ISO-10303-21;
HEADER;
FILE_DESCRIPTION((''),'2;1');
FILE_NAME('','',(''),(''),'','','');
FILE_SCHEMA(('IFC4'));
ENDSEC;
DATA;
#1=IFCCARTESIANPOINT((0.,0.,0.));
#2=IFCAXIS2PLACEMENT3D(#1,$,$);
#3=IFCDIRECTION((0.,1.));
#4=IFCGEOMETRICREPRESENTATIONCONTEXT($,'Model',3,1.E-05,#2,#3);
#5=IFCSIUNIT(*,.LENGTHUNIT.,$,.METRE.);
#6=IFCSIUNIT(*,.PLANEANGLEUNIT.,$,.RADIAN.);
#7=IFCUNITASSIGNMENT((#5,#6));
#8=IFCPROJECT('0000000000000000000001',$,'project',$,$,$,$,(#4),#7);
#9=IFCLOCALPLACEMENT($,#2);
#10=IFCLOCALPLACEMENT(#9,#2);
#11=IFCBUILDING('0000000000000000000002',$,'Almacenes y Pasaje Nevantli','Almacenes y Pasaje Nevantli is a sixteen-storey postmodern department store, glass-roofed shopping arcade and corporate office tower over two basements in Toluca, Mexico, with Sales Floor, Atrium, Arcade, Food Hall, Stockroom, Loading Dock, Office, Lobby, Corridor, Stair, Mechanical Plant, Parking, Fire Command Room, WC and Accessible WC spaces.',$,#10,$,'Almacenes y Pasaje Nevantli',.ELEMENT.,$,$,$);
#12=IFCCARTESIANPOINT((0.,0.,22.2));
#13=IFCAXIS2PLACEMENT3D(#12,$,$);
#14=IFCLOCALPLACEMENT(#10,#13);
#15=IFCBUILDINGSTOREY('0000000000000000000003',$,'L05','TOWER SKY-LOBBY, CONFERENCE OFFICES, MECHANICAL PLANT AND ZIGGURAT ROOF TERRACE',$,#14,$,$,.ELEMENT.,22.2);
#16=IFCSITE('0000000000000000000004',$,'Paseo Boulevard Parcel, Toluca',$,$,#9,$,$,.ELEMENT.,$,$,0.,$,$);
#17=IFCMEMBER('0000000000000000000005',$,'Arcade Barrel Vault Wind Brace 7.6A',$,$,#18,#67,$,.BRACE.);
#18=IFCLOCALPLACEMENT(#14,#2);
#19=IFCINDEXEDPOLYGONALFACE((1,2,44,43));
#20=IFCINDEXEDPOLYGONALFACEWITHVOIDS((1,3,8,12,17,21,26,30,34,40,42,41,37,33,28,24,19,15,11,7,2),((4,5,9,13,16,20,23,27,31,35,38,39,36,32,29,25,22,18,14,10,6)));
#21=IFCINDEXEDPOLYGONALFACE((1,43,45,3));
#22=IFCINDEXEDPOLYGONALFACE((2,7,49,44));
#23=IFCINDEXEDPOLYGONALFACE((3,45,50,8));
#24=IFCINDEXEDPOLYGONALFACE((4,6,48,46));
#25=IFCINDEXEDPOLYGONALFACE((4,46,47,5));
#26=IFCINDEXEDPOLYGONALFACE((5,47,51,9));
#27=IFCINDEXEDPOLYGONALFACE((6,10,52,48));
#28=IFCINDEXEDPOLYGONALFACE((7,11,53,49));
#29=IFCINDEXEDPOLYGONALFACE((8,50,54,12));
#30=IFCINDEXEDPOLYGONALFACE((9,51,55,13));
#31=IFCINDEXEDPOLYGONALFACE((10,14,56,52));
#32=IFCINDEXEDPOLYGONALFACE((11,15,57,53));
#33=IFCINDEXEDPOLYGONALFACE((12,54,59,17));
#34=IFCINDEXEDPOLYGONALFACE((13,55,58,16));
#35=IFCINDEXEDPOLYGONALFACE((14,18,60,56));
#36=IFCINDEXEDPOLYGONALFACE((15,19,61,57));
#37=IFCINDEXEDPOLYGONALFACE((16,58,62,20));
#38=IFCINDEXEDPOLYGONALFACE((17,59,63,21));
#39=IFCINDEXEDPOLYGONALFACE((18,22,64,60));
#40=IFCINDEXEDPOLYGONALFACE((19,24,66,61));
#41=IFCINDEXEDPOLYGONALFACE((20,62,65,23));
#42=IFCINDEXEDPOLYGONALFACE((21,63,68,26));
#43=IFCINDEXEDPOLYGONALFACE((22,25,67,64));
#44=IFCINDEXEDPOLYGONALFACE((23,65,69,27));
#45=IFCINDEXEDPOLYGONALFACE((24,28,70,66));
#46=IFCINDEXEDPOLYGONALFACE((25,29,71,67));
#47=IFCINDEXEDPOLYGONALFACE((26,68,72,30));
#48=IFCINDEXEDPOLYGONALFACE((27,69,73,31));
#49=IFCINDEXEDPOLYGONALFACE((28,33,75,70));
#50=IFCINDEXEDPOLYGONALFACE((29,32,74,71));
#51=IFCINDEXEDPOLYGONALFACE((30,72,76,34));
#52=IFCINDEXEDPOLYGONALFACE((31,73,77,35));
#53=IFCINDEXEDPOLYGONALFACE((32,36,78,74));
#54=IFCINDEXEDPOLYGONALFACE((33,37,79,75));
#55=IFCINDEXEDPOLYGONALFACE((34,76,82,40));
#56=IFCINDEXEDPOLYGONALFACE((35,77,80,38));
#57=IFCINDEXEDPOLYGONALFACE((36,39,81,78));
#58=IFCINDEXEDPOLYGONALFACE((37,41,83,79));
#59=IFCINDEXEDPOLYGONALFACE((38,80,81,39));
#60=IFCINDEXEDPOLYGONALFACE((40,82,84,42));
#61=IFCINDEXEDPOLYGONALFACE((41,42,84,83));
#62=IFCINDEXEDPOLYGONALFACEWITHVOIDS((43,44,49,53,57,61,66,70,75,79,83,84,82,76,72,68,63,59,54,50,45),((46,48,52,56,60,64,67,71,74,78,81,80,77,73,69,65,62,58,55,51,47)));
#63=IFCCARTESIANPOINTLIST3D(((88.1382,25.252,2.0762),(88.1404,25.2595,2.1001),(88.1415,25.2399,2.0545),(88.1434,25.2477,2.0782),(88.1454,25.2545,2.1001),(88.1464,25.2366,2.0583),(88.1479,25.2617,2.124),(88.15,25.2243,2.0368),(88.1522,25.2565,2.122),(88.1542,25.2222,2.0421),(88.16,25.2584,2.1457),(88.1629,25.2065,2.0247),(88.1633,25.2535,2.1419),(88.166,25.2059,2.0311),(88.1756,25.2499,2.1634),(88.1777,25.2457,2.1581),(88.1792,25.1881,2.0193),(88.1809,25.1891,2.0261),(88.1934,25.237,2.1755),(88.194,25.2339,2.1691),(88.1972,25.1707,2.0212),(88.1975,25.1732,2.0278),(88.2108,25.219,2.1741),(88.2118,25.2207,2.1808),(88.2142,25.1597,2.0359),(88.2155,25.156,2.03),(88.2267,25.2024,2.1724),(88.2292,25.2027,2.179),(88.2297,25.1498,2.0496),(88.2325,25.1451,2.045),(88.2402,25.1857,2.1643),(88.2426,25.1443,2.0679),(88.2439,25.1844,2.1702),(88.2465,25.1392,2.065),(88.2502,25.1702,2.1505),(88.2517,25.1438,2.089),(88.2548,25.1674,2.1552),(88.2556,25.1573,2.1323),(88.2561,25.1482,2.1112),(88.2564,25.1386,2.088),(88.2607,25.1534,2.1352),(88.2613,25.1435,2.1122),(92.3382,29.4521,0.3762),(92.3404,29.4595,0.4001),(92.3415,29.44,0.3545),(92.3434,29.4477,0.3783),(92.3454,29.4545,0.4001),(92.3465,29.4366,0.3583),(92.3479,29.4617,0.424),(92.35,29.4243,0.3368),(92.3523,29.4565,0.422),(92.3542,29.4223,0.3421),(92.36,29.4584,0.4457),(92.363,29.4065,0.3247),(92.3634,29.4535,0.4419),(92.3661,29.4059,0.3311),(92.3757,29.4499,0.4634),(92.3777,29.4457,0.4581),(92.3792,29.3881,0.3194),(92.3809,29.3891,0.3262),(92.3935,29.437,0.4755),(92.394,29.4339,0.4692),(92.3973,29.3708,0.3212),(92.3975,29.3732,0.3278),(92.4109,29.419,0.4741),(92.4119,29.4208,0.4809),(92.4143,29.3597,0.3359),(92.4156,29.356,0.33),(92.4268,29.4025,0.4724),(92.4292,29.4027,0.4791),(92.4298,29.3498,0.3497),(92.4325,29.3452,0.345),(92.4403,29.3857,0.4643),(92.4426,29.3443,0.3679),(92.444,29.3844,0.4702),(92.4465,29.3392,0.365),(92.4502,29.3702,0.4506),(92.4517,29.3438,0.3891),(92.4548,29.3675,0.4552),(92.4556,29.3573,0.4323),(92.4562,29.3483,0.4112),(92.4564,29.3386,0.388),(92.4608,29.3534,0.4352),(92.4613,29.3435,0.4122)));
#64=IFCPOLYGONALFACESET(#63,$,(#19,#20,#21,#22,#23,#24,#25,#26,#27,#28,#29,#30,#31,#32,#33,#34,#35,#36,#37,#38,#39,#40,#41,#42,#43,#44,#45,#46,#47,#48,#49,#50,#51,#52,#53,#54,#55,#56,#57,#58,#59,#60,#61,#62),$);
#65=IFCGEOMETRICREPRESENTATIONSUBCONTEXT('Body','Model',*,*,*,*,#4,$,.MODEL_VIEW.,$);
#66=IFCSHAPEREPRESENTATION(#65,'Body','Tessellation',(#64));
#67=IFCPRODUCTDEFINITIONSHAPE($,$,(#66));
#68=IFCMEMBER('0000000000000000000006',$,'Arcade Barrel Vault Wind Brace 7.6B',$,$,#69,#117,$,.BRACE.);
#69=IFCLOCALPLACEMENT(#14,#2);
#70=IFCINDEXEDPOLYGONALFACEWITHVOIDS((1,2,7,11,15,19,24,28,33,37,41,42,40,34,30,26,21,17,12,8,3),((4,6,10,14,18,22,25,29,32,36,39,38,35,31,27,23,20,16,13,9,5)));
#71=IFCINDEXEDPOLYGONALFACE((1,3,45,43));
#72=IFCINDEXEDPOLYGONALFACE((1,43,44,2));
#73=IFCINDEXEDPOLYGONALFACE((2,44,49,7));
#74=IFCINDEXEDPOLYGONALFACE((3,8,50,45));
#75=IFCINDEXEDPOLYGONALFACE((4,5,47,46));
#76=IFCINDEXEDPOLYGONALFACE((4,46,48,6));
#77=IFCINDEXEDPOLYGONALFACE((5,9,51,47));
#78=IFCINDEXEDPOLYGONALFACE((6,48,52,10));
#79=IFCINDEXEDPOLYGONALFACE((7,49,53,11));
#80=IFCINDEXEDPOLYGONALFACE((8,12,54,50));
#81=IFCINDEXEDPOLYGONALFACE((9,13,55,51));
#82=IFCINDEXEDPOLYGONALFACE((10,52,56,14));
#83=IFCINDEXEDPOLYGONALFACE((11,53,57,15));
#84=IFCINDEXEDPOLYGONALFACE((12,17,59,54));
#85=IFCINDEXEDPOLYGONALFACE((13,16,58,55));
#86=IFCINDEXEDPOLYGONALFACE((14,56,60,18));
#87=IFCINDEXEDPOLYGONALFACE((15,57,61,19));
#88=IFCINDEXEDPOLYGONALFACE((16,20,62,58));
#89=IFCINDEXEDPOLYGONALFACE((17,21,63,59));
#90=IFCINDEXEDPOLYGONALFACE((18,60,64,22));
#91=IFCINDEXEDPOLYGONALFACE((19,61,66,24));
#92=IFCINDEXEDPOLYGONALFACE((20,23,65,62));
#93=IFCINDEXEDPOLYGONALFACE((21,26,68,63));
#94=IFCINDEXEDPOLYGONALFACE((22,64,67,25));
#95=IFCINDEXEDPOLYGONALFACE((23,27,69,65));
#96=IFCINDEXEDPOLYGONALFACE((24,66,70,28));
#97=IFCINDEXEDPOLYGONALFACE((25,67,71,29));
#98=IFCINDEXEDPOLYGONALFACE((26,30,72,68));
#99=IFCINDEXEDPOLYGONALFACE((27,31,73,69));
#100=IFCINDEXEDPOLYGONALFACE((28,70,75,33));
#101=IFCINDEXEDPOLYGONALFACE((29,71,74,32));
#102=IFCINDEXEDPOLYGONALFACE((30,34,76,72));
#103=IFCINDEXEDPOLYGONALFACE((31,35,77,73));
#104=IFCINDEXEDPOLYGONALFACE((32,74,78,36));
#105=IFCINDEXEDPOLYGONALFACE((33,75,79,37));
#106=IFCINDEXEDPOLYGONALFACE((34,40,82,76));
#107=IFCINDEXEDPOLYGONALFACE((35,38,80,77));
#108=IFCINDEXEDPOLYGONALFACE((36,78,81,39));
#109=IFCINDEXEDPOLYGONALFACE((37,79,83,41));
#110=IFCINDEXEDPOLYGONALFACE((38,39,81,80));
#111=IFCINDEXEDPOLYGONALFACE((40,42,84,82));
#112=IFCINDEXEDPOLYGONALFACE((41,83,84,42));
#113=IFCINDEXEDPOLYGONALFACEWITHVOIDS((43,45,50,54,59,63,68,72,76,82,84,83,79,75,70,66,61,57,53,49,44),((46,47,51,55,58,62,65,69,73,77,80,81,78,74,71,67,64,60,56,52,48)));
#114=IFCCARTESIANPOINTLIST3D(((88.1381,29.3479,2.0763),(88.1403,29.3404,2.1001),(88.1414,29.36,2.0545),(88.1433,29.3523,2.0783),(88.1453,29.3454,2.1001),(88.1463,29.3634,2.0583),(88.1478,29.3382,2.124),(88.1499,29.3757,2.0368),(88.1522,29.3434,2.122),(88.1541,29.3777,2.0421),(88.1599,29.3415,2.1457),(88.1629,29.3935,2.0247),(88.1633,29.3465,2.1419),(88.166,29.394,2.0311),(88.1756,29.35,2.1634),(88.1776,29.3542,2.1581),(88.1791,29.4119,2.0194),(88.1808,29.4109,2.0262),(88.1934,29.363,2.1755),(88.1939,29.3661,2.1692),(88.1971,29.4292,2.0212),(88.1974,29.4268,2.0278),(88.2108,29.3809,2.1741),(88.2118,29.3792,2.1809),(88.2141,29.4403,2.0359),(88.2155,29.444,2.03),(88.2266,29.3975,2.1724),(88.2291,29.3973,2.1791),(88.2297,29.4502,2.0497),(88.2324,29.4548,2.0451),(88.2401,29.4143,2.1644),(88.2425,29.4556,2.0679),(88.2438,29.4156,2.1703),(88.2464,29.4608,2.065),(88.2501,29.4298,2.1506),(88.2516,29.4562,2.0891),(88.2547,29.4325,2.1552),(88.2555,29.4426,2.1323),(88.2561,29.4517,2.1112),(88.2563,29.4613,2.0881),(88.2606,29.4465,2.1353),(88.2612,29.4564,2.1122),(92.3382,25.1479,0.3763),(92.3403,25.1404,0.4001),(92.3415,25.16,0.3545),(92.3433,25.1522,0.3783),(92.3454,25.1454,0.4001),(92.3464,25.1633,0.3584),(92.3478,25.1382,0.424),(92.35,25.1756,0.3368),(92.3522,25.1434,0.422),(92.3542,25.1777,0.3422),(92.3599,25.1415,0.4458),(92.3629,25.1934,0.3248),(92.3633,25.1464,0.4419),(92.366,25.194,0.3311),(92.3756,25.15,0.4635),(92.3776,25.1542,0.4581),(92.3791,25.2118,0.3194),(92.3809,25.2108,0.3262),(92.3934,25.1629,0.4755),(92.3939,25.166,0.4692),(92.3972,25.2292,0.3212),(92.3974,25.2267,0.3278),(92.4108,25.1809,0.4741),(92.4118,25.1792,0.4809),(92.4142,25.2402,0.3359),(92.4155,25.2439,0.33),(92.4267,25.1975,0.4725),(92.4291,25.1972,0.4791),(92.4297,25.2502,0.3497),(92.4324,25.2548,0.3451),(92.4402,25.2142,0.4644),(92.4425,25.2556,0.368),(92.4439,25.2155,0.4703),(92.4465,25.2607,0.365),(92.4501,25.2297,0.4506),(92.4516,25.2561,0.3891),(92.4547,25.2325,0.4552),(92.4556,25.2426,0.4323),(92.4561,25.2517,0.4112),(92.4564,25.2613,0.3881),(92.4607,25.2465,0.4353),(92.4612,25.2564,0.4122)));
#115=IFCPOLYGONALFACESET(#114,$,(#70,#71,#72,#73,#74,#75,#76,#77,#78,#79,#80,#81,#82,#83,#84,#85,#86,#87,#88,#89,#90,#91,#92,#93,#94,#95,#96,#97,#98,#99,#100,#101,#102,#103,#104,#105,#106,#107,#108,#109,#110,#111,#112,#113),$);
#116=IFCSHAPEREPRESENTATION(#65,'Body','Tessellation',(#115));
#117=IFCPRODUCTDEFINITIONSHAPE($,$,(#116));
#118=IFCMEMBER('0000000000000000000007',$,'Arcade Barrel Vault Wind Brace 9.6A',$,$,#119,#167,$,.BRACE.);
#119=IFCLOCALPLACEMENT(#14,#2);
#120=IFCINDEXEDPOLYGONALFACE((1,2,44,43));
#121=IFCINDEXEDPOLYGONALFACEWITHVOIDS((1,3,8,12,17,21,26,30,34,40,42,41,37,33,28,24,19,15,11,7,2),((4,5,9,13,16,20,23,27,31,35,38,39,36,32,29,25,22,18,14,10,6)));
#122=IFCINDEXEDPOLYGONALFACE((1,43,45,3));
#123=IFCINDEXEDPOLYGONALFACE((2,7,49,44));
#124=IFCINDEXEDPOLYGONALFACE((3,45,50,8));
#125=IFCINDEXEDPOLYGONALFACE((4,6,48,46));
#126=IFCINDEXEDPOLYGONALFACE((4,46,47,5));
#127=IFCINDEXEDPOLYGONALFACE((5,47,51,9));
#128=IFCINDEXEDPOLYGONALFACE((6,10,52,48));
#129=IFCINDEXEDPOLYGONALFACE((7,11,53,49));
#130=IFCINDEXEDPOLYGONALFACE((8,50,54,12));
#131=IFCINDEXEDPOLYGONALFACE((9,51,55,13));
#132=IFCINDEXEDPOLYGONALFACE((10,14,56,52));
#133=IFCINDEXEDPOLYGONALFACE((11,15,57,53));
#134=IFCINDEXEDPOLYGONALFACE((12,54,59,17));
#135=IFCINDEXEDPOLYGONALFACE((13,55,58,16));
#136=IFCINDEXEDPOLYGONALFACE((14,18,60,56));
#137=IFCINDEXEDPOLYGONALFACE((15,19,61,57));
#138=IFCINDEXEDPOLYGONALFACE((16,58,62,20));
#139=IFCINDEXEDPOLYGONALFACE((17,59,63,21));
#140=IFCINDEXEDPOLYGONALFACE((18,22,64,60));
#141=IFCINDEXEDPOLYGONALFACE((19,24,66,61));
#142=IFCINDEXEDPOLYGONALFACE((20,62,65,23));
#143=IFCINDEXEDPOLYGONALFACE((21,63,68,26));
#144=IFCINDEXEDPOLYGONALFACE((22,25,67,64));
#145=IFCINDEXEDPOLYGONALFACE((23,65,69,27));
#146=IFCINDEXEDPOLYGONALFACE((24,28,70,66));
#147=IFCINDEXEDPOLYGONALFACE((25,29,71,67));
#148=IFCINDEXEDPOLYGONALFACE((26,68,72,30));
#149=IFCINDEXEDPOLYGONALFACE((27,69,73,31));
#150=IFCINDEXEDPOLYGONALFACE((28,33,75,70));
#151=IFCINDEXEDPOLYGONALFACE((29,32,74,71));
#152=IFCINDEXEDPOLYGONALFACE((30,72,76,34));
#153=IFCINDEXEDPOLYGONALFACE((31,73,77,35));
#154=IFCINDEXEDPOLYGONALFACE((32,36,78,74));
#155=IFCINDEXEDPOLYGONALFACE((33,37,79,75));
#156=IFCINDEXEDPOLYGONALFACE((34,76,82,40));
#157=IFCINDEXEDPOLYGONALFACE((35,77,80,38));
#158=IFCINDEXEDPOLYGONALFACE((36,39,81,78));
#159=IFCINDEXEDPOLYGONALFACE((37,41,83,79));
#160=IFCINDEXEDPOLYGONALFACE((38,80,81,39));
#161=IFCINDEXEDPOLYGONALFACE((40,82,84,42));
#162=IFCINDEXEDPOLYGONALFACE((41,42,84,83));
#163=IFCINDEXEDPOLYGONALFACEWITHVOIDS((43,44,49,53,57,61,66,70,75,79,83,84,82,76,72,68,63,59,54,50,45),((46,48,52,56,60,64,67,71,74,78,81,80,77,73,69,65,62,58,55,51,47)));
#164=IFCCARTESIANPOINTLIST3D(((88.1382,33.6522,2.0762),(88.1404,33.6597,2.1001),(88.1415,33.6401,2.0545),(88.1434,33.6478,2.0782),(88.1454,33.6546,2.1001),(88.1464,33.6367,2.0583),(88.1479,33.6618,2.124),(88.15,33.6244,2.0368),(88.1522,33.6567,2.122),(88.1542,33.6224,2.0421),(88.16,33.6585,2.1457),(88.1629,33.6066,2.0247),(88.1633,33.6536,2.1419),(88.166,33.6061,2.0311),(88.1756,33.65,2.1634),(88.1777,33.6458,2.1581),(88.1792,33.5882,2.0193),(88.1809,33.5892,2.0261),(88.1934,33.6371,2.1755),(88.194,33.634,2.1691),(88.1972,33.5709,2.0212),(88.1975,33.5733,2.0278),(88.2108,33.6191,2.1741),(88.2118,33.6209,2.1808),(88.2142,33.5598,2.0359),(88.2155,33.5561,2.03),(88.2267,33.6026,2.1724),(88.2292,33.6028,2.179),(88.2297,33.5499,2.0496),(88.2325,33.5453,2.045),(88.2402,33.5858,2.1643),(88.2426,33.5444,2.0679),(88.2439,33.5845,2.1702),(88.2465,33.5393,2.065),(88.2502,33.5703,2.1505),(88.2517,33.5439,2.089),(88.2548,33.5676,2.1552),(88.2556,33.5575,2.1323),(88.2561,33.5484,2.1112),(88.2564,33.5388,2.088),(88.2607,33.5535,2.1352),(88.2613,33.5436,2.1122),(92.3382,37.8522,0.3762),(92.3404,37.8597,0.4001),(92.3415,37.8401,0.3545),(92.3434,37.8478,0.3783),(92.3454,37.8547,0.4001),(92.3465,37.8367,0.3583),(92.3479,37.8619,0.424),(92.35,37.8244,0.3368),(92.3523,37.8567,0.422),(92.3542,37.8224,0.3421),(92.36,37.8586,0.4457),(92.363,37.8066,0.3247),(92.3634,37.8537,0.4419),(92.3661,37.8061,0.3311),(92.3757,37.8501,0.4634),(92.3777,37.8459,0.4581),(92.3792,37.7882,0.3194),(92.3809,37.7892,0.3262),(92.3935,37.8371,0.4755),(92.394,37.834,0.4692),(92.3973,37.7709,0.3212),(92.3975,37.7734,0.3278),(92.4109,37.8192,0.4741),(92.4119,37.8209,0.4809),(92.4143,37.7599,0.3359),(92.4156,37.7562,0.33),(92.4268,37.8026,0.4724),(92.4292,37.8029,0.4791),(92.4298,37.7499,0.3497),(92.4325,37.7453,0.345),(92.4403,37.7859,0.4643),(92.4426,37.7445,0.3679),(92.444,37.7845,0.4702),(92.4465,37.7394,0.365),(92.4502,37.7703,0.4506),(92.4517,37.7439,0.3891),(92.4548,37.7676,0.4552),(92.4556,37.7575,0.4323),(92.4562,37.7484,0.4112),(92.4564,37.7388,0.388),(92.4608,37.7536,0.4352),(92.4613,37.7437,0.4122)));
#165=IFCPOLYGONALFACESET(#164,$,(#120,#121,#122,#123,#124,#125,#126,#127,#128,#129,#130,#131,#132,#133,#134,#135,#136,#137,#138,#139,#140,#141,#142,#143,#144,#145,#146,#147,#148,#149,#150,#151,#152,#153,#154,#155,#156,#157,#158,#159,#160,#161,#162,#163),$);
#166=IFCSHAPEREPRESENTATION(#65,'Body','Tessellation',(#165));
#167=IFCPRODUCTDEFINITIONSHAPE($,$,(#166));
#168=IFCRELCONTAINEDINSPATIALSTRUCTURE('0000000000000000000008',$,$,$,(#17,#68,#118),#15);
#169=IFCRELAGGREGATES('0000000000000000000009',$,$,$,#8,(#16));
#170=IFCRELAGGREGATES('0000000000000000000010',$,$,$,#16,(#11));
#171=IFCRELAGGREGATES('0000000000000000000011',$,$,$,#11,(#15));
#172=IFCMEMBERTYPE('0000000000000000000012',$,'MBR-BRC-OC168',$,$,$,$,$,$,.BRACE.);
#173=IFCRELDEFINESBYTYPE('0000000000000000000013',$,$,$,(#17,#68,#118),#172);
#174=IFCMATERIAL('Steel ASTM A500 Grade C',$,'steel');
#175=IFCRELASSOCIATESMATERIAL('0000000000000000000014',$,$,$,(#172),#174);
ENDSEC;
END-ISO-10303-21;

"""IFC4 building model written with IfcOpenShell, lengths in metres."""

from ifc_helpers import new_model, si_unit, direction, frame, origin, origin_2d, place, context, subcontext, project, spatial, hollow_circle, extrude, material, material_profile, profile_set, type_object, element, save


model = new_model("IFC4")

# Units and contexts
model_context = context("Model", 3, precision=1e-05, world=origin(), true_north=direction((0.0, 1.0)))
body_context = subcontext(model_context, "Body", "Model", "MODEL_VIEW")
ifc_project = project(units=[si_unit("LENGTHUNIT", "METRE"), si_unit("PLANEANGLEUNIT", "RADIAN")], contexts=[model_context])

# Site, building, storey
site_placement = place(None, origin())
site = spatial("IfcSite", under=ifc_project, at=site_placement, Name="Paseo Boulevard Parcel, Toluca", CompositionType="ELEMENT", RefElevation=0.0)
building_placement = place(site_placement, origin())
building = spatial("IfcBuilding", under=site, at=building_placement, Name="Almacenes y Pasaje Nevantli", Description="Almacenes y Pasaje Nevantli is a sixteen-storey postmodern department store, glass-roofed shopping arcade and corporate office tower over two basements in Toluca, Mexico, with Sales Floor, Atrium, Arcade, Food Hall, Stockroom, Loading Dock, Office, Lobby, Corridor, Stair, Mechanical Plant, Parking, Fire Command Room, WC and Accessible WC spaces.", LongName="Almacenes y Pasaje Nevantli", CompositionType="ELEMENT")
storey_placement = place(building_placement, frame((0.0, 0.0, 22.2)))
storey = spatial("IfcBuildingStorey", under=building, at=storey_placement, Name="L05", Description="TOWER SKY-LOBBY, CONFERENCE OFFICES, MECHANICAL PLANT AND ZIGGURAT ROOF TERRACE", CompositionType="ELEMENT", Elevation=22.2)

# Members
ifc_material_1 = material(Name="Steel ASTM A500 Grade C", Category="steel")
ifc_material_profile_1 = material_profile(ifc_material_1, hollow_circle(Radius=0.0842, WallThickness=0.0071, at=origin_2d()), Name="OC 168x7.1")
ifc_profile_set_1 = profile_set([ifc_material_profile_1], Name="Steel ASTM A500 Grade C")
member_type_1 = type_object("IfcMemberType", Name="MBR-BRC-OC168", PredefinedType="BRACE", material=ifc_profile_set_1)
for number, where, z_axis, x_axis, name in (
    (1, (88.2, 25.2, 2.1001), (0.679812, 0.679812, -0.275157), (-0.707107, 0.707107, 0.0), "Arcade Barrel Vault Wind Brace 7.6A"),
    (2, (92.3999, 25.2, 0.4001), (-0.679812, 0.679812, 0.275157), (-0.707107, -0.707107, 0.0), "Arcade Barrel Vault Wind Brace 7.6B"),
    (3, (88.2, 33.6001, 2.1001), (0.679812, 0.679812, -0.275157), (-0.707107, 0.707107, 0.0), "Arcade Barrel Vault Wind Brace 9.6A"),
):
    element("IfcMember", number, at=place(storey_placement, frame(where, z_axis=z_axis, x_axis=x_axis)), inside=storey, type_object=member_type_1, Name=name, PredefinedType="BRACE", context=body_context, shape_type="SweptSolid", body=[
        extrude(hollow_circle(Radius=0.0842, WallThickness=0.0071, at=origin_2d()), origin(), (0.0, 0.0, 1.0), 6.1782),
    ])

save(model, "model.ifc")
